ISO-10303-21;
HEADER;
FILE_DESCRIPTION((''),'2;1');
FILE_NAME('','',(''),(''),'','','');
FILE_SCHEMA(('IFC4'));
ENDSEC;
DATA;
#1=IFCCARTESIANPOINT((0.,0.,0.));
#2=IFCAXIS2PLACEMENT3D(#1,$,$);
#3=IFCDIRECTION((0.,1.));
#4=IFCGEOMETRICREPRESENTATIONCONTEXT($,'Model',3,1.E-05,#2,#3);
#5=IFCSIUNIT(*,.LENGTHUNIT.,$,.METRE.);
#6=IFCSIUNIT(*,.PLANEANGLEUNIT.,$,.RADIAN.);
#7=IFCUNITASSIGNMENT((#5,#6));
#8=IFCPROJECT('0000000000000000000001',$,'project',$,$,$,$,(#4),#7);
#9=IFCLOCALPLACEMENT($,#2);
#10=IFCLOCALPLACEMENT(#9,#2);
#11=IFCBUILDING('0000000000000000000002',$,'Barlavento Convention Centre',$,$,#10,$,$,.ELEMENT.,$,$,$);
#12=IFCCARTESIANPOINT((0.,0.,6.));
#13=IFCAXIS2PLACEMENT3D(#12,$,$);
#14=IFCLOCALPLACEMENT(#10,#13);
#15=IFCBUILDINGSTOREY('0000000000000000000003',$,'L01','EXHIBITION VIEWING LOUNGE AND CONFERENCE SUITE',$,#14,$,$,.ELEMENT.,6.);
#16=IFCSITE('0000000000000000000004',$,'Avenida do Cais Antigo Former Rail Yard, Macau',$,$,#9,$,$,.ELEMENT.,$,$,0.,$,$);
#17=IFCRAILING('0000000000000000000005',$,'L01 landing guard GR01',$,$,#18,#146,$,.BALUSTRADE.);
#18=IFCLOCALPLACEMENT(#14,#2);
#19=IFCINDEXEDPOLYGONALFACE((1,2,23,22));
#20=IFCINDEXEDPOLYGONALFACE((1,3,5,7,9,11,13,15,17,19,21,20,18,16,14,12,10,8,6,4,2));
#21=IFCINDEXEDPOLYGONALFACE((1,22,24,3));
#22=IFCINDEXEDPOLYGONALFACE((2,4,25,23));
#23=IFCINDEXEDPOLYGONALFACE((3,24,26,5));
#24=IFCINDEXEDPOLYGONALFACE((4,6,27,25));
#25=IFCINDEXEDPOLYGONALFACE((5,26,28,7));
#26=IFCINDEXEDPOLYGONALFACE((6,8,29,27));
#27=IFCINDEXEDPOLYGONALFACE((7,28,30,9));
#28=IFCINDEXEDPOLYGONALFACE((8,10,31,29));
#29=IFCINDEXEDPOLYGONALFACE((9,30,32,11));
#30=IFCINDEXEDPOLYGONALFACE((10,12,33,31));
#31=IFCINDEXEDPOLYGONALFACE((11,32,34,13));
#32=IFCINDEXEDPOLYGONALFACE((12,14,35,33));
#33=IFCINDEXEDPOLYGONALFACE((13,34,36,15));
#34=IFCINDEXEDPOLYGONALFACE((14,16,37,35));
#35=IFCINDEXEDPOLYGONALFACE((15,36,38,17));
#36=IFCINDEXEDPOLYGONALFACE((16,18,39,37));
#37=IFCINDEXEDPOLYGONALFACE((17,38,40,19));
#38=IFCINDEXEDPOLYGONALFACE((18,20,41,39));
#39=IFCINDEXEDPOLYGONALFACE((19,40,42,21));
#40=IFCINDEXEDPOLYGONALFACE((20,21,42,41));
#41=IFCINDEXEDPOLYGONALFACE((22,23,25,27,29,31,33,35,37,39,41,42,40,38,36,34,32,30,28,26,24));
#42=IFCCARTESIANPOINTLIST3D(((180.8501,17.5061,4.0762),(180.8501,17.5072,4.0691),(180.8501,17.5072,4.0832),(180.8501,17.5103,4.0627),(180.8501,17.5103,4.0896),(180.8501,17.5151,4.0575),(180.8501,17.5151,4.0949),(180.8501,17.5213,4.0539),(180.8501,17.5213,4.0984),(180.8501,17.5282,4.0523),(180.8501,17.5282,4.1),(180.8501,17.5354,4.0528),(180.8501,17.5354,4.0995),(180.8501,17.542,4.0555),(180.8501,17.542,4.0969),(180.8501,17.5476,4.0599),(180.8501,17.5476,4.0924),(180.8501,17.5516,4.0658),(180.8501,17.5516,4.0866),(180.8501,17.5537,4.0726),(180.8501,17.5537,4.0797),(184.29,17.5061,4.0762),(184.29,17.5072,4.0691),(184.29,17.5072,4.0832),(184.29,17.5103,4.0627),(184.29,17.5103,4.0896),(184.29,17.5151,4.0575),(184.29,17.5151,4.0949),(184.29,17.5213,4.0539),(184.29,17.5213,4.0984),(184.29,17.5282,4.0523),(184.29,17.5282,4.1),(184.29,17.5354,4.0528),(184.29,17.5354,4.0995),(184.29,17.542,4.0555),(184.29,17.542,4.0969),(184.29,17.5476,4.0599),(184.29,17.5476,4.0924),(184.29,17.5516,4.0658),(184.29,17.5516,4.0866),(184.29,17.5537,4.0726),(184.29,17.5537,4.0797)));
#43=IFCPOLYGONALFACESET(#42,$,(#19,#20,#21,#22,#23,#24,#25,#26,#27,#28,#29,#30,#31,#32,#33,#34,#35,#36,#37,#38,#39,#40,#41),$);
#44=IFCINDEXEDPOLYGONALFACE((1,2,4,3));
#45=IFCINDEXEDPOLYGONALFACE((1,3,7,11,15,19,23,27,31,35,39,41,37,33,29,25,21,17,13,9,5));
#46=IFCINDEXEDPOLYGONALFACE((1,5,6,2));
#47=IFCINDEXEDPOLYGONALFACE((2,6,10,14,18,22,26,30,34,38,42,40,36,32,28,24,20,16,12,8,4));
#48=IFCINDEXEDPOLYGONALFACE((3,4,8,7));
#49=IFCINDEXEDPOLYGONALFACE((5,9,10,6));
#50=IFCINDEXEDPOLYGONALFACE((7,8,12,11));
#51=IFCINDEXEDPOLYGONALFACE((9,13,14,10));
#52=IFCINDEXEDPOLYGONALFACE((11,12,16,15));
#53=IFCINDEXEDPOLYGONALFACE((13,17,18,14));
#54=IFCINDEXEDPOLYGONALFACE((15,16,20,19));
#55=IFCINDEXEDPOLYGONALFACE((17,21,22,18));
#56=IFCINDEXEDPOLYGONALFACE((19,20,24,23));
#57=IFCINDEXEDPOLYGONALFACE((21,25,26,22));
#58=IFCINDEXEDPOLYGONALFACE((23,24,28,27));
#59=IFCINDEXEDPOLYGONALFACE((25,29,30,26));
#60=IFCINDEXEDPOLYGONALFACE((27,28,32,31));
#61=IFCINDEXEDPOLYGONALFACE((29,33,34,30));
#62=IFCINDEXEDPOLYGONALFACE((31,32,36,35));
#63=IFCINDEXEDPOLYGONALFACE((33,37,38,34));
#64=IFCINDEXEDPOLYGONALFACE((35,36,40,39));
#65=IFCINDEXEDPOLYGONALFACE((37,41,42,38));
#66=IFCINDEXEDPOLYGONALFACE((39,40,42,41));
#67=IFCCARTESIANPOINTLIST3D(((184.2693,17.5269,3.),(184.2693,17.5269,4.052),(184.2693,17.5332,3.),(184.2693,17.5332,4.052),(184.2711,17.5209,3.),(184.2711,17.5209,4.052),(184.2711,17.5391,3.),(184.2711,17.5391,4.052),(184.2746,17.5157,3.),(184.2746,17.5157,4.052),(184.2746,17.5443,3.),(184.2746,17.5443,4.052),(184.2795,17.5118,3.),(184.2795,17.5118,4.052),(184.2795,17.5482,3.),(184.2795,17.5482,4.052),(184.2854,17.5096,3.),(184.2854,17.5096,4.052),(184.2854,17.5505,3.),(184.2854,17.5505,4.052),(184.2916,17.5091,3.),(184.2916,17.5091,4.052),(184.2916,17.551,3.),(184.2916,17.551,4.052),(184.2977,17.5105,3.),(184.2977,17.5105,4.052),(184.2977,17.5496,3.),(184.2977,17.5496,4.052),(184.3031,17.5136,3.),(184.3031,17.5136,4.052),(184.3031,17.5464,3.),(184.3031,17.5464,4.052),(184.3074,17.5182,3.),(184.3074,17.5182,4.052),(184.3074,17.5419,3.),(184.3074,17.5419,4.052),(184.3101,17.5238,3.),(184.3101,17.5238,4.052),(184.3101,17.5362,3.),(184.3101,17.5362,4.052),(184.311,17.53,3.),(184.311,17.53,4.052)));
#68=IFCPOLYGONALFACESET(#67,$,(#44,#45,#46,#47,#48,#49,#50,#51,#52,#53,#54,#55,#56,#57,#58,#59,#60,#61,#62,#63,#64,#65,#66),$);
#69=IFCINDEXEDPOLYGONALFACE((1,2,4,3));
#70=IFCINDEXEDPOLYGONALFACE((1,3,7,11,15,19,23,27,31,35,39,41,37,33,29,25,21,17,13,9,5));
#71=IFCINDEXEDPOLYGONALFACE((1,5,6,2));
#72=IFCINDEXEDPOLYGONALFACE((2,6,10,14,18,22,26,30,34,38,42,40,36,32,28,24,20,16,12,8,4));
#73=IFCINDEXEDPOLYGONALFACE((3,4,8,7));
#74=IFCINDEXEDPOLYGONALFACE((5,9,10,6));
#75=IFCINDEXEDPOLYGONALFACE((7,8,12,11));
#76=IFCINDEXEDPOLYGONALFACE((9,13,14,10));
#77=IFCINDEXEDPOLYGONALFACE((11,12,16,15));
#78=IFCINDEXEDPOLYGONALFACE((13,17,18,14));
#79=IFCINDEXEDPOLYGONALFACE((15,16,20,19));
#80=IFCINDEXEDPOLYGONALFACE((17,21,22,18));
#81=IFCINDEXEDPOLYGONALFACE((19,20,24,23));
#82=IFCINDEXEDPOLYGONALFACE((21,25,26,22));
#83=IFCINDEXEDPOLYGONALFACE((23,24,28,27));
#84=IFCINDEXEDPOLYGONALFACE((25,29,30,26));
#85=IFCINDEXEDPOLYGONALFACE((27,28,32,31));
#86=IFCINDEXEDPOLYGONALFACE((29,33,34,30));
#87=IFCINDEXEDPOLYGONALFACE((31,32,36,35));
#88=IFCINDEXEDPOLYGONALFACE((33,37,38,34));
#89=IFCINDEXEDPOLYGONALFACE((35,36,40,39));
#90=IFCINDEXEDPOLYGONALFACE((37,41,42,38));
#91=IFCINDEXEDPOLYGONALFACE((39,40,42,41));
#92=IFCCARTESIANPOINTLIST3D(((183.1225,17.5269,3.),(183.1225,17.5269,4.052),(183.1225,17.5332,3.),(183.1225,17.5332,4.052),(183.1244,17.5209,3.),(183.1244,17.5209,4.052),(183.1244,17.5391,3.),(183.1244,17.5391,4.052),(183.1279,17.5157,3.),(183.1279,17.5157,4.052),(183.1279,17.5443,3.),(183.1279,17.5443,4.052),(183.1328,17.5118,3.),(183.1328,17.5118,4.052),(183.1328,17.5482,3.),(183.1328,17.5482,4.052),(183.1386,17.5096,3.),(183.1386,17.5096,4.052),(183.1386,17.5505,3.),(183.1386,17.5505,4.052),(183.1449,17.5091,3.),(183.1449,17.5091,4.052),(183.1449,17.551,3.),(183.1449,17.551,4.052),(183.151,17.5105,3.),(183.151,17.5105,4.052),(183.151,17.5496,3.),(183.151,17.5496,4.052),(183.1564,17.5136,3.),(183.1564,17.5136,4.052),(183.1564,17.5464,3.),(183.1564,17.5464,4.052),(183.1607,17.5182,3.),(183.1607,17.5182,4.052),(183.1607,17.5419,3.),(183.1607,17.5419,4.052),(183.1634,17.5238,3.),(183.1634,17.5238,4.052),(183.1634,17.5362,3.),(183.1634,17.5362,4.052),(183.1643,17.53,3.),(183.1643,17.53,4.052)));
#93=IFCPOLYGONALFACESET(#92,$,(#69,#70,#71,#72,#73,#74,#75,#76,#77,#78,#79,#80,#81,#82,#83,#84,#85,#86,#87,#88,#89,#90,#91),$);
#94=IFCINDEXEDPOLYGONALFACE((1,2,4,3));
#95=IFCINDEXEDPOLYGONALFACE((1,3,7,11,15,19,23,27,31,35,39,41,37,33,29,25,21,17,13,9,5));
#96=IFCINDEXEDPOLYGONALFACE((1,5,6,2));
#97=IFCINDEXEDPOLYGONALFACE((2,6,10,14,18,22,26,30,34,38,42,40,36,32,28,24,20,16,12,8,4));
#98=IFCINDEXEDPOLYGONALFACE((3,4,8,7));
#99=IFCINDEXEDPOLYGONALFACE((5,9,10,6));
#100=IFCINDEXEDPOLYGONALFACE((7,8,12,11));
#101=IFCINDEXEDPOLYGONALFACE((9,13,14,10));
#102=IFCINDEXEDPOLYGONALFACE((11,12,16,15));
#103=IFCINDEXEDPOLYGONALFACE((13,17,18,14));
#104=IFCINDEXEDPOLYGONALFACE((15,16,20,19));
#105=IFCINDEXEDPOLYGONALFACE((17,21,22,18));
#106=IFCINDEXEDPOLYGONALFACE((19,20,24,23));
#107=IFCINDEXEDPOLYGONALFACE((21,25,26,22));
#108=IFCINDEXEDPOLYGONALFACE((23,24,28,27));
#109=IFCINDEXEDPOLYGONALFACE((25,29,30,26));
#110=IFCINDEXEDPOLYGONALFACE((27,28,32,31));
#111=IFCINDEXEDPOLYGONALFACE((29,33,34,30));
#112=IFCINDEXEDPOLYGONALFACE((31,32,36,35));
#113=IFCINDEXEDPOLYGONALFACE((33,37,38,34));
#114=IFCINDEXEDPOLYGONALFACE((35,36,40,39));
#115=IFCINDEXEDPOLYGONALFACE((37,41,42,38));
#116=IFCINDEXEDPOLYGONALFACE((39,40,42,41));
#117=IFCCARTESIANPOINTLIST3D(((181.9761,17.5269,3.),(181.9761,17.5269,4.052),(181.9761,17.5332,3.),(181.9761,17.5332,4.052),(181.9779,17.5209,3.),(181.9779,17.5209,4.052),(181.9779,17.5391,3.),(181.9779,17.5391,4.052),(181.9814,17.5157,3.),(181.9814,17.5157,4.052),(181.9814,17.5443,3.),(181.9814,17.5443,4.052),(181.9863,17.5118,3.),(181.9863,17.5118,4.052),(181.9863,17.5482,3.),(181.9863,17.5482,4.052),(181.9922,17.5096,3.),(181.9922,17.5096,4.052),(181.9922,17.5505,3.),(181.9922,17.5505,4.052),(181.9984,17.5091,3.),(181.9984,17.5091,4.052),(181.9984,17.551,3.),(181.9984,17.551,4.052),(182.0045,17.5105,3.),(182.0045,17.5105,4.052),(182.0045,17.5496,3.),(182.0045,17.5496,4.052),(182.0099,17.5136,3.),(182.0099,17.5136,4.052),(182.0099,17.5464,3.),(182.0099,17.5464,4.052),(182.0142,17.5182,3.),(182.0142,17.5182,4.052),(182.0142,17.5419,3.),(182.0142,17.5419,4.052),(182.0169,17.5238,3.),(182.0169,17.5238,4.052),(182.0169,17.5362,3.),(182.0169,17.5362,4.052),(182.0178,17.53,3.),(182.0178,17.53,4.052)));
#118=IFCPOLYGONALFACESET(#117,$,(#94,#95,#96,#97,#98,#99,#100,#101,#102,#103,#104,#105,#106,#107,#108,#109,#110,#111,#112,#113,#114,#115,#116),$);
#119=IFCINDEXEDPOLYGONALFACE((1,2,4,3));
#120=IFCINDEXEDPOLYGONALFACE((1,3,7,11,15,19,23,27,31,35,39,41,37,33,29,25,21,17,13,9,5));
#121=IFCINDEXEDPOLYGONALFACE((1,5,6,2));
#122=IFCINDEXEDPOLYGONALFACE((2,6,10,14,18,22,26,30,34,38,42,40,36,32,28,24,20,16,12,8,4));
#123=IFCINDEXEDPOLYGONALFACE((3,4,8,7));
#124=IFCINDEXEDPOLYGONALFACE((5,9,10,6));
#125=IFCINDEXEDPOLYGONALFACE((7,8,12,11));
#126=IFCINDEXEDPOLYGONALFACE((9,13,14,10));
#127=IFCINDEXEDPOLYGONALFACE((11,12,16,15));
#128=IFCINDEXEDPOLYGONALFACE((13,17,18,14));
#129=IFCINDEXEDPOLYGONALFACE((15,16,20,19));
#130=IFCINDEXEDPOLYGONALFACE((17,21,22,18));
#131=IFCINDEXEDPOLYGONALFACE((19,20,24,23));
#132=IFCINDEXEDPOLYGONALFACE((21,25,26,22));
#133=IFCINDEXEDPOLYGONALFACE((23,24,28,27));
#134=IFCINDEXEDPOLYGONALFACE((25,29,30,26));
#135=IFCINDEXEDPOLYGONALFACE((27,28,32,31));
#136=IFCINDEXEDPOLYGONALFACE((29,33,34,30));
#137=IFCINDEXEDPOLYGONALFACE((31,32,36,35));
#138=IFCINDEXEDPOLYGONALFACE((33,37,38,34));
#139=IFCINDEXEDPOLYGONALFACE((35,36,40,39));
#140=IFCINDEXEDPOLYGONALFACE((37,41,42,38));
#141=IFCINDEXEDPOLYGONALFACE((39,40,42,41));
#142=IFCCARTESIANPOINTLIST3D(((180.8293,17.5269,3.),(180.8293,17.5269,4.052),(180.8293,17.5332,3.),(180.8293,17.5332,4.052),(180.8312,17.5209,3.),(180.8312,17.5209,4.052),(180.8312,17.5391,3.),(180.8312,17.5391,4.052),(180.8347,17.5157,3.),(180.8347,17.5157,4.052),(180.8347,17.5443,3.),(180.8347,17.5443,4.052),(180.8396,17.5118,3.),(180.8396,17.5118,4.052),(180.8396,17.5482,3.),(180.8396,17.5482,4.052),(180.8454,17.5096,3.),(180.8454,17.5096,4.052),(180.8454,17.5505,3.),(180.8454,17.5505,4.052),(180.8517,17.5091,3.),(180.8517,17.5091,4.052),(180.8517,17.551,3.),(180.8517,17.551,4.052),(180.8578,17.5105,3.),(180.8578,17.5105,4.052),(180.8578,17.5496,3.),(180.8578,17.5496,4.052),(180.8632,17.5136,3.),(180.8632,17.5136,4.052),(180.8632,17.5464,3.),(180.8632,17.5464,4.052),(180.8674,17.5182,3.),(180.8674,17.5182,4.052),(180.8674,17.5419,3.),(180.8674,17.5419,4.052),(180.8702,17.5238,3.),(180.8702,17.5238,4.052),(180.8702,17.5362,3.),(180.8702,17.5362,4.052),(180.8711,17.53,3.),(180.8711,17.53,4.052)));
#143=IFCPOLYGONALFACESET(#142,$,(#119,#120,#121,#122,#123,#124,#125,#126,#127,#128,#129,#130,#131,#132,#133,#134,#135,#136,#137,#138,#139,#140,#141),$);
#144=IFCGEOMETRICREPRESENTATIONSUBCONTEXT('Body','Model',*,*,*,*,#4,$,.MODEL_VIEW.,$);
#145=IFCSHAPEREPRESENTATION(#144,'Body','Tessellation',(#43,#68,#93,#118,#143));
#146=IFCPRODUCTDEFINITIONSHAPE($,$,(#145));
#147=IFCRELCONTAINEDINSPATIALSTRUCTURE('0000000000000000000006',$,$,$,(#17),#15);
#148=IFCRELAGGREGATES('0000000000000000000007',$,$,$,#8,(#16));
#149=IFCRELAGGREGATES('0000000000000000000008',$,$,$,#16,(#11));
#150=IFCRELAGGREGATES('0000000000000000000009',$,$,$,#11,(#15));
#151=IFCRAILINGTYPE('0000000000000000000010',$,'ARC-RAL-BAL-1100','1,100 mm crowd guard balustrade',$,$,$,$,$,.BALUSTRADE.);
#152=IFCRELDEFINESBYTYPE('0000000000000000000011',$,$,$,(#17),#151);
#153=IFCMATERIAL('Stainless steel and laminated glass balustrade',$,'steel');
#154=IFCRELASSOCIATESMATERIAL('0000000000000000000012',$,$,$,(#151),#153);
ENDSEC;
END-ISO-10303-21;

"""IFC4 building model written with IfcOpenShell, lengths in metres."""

from ifc_helpers import new_model, si_unit, direction, frame, origin, origin_2d, place, context, subcontext, project, spatial, circle, extrude, material, type_object, element, save


model = new_model("IFC4")

# Units and contexts
model_context = context("Model", 3, precision=1e-05, world=origin(), true_north=direction((0.0, 1.0)))
body_context = subcontext(model_context, "Body", "Model", "MODEL_VIEW")
ifc_project = project(units=[si_unit("LENGTHUNIT", "METRE"), si_unit("PLANEANGLEUNIT", "RADIAN")], contexts=[model_context])

# Site, building, storey
site_placement = place(None, origin())
site = spatial("IfcSite", under=ifc_project, at=site_placement, Name="Avenida do Cais Antigo Former Rail Yard, Macau", CompositionType="ELEMENT", RefElevation=0.0)
building_placement = place(site_placement, origin())
building = spatial("IfcBuilding", under=site, at=building_placement, Name="Barlavento Convention Centre", CompositionType="ELEMENT")
storey_placement = place(building_placement, frame((0.0, 0.0, 6.0)))
storey = spatial("IfcBuildingStorey", under=building, at=storey_placement, Name="L01", Description="EXHIBITION VIEWING LOUNGE AND CONFERENCE SUITE", CompositionType="ELEMENT", Elevation=6.0)

# Railing
ifc_material_1 = material(Name="Stainless steel and laminated glass balustrade", Category="steel")
railing_type_1 = type_object("IfcRailingType", Name="ARC-RAL-BAL-1100", Description="1,100 mm crowd guard balustrade", PredefinedType="BALUSTRADE", material=ifc_material_1)
railing_1_placement = place(storey_placement, frame((184.29, 17.53, 3.0)))
element("IfcRailing", 1, at=railing_1_placement, inside=storey, type_object=railing_type_1, Name="L01 landing guard GR01", PredefinedType="BALUSTRADE", context=body_context, shape_type="SweptSolid", body=[
    extrude(circle(Radius=0.0239, at=origin_2d()), frame((0.0, 0.0, 1.0762), z_axis=(-1.0, 0.0, 0.0), x_axis=(0.0, -1.0, 0.0)), (0.0, 0.0, 1.0), 3.4399),
    extrude(circle(Radius=0.021, at=origin_2d()), origin(), (0.0, 0.0, 1.0), 1.052),
    extrude(circle(Radius=0.021, at=origin_2d()), frame((-1.1467, 0.0, 0.0)), (0.0, 0.0, 1.0), 1.052),
    extrude(circle(Radius=0.021, at=origin_2d()), frame((-2.2932, 0.0, 0.0)), (0.0, 0.0, 1.0), 1.052),
    extrude(circle(Radius=0.021, at=origin_2d()), frame((-3.4399, 0.0, 0.0)), (0.0, 0.0, 1.0), 1.052),
])

save(model, "model.ifc")
